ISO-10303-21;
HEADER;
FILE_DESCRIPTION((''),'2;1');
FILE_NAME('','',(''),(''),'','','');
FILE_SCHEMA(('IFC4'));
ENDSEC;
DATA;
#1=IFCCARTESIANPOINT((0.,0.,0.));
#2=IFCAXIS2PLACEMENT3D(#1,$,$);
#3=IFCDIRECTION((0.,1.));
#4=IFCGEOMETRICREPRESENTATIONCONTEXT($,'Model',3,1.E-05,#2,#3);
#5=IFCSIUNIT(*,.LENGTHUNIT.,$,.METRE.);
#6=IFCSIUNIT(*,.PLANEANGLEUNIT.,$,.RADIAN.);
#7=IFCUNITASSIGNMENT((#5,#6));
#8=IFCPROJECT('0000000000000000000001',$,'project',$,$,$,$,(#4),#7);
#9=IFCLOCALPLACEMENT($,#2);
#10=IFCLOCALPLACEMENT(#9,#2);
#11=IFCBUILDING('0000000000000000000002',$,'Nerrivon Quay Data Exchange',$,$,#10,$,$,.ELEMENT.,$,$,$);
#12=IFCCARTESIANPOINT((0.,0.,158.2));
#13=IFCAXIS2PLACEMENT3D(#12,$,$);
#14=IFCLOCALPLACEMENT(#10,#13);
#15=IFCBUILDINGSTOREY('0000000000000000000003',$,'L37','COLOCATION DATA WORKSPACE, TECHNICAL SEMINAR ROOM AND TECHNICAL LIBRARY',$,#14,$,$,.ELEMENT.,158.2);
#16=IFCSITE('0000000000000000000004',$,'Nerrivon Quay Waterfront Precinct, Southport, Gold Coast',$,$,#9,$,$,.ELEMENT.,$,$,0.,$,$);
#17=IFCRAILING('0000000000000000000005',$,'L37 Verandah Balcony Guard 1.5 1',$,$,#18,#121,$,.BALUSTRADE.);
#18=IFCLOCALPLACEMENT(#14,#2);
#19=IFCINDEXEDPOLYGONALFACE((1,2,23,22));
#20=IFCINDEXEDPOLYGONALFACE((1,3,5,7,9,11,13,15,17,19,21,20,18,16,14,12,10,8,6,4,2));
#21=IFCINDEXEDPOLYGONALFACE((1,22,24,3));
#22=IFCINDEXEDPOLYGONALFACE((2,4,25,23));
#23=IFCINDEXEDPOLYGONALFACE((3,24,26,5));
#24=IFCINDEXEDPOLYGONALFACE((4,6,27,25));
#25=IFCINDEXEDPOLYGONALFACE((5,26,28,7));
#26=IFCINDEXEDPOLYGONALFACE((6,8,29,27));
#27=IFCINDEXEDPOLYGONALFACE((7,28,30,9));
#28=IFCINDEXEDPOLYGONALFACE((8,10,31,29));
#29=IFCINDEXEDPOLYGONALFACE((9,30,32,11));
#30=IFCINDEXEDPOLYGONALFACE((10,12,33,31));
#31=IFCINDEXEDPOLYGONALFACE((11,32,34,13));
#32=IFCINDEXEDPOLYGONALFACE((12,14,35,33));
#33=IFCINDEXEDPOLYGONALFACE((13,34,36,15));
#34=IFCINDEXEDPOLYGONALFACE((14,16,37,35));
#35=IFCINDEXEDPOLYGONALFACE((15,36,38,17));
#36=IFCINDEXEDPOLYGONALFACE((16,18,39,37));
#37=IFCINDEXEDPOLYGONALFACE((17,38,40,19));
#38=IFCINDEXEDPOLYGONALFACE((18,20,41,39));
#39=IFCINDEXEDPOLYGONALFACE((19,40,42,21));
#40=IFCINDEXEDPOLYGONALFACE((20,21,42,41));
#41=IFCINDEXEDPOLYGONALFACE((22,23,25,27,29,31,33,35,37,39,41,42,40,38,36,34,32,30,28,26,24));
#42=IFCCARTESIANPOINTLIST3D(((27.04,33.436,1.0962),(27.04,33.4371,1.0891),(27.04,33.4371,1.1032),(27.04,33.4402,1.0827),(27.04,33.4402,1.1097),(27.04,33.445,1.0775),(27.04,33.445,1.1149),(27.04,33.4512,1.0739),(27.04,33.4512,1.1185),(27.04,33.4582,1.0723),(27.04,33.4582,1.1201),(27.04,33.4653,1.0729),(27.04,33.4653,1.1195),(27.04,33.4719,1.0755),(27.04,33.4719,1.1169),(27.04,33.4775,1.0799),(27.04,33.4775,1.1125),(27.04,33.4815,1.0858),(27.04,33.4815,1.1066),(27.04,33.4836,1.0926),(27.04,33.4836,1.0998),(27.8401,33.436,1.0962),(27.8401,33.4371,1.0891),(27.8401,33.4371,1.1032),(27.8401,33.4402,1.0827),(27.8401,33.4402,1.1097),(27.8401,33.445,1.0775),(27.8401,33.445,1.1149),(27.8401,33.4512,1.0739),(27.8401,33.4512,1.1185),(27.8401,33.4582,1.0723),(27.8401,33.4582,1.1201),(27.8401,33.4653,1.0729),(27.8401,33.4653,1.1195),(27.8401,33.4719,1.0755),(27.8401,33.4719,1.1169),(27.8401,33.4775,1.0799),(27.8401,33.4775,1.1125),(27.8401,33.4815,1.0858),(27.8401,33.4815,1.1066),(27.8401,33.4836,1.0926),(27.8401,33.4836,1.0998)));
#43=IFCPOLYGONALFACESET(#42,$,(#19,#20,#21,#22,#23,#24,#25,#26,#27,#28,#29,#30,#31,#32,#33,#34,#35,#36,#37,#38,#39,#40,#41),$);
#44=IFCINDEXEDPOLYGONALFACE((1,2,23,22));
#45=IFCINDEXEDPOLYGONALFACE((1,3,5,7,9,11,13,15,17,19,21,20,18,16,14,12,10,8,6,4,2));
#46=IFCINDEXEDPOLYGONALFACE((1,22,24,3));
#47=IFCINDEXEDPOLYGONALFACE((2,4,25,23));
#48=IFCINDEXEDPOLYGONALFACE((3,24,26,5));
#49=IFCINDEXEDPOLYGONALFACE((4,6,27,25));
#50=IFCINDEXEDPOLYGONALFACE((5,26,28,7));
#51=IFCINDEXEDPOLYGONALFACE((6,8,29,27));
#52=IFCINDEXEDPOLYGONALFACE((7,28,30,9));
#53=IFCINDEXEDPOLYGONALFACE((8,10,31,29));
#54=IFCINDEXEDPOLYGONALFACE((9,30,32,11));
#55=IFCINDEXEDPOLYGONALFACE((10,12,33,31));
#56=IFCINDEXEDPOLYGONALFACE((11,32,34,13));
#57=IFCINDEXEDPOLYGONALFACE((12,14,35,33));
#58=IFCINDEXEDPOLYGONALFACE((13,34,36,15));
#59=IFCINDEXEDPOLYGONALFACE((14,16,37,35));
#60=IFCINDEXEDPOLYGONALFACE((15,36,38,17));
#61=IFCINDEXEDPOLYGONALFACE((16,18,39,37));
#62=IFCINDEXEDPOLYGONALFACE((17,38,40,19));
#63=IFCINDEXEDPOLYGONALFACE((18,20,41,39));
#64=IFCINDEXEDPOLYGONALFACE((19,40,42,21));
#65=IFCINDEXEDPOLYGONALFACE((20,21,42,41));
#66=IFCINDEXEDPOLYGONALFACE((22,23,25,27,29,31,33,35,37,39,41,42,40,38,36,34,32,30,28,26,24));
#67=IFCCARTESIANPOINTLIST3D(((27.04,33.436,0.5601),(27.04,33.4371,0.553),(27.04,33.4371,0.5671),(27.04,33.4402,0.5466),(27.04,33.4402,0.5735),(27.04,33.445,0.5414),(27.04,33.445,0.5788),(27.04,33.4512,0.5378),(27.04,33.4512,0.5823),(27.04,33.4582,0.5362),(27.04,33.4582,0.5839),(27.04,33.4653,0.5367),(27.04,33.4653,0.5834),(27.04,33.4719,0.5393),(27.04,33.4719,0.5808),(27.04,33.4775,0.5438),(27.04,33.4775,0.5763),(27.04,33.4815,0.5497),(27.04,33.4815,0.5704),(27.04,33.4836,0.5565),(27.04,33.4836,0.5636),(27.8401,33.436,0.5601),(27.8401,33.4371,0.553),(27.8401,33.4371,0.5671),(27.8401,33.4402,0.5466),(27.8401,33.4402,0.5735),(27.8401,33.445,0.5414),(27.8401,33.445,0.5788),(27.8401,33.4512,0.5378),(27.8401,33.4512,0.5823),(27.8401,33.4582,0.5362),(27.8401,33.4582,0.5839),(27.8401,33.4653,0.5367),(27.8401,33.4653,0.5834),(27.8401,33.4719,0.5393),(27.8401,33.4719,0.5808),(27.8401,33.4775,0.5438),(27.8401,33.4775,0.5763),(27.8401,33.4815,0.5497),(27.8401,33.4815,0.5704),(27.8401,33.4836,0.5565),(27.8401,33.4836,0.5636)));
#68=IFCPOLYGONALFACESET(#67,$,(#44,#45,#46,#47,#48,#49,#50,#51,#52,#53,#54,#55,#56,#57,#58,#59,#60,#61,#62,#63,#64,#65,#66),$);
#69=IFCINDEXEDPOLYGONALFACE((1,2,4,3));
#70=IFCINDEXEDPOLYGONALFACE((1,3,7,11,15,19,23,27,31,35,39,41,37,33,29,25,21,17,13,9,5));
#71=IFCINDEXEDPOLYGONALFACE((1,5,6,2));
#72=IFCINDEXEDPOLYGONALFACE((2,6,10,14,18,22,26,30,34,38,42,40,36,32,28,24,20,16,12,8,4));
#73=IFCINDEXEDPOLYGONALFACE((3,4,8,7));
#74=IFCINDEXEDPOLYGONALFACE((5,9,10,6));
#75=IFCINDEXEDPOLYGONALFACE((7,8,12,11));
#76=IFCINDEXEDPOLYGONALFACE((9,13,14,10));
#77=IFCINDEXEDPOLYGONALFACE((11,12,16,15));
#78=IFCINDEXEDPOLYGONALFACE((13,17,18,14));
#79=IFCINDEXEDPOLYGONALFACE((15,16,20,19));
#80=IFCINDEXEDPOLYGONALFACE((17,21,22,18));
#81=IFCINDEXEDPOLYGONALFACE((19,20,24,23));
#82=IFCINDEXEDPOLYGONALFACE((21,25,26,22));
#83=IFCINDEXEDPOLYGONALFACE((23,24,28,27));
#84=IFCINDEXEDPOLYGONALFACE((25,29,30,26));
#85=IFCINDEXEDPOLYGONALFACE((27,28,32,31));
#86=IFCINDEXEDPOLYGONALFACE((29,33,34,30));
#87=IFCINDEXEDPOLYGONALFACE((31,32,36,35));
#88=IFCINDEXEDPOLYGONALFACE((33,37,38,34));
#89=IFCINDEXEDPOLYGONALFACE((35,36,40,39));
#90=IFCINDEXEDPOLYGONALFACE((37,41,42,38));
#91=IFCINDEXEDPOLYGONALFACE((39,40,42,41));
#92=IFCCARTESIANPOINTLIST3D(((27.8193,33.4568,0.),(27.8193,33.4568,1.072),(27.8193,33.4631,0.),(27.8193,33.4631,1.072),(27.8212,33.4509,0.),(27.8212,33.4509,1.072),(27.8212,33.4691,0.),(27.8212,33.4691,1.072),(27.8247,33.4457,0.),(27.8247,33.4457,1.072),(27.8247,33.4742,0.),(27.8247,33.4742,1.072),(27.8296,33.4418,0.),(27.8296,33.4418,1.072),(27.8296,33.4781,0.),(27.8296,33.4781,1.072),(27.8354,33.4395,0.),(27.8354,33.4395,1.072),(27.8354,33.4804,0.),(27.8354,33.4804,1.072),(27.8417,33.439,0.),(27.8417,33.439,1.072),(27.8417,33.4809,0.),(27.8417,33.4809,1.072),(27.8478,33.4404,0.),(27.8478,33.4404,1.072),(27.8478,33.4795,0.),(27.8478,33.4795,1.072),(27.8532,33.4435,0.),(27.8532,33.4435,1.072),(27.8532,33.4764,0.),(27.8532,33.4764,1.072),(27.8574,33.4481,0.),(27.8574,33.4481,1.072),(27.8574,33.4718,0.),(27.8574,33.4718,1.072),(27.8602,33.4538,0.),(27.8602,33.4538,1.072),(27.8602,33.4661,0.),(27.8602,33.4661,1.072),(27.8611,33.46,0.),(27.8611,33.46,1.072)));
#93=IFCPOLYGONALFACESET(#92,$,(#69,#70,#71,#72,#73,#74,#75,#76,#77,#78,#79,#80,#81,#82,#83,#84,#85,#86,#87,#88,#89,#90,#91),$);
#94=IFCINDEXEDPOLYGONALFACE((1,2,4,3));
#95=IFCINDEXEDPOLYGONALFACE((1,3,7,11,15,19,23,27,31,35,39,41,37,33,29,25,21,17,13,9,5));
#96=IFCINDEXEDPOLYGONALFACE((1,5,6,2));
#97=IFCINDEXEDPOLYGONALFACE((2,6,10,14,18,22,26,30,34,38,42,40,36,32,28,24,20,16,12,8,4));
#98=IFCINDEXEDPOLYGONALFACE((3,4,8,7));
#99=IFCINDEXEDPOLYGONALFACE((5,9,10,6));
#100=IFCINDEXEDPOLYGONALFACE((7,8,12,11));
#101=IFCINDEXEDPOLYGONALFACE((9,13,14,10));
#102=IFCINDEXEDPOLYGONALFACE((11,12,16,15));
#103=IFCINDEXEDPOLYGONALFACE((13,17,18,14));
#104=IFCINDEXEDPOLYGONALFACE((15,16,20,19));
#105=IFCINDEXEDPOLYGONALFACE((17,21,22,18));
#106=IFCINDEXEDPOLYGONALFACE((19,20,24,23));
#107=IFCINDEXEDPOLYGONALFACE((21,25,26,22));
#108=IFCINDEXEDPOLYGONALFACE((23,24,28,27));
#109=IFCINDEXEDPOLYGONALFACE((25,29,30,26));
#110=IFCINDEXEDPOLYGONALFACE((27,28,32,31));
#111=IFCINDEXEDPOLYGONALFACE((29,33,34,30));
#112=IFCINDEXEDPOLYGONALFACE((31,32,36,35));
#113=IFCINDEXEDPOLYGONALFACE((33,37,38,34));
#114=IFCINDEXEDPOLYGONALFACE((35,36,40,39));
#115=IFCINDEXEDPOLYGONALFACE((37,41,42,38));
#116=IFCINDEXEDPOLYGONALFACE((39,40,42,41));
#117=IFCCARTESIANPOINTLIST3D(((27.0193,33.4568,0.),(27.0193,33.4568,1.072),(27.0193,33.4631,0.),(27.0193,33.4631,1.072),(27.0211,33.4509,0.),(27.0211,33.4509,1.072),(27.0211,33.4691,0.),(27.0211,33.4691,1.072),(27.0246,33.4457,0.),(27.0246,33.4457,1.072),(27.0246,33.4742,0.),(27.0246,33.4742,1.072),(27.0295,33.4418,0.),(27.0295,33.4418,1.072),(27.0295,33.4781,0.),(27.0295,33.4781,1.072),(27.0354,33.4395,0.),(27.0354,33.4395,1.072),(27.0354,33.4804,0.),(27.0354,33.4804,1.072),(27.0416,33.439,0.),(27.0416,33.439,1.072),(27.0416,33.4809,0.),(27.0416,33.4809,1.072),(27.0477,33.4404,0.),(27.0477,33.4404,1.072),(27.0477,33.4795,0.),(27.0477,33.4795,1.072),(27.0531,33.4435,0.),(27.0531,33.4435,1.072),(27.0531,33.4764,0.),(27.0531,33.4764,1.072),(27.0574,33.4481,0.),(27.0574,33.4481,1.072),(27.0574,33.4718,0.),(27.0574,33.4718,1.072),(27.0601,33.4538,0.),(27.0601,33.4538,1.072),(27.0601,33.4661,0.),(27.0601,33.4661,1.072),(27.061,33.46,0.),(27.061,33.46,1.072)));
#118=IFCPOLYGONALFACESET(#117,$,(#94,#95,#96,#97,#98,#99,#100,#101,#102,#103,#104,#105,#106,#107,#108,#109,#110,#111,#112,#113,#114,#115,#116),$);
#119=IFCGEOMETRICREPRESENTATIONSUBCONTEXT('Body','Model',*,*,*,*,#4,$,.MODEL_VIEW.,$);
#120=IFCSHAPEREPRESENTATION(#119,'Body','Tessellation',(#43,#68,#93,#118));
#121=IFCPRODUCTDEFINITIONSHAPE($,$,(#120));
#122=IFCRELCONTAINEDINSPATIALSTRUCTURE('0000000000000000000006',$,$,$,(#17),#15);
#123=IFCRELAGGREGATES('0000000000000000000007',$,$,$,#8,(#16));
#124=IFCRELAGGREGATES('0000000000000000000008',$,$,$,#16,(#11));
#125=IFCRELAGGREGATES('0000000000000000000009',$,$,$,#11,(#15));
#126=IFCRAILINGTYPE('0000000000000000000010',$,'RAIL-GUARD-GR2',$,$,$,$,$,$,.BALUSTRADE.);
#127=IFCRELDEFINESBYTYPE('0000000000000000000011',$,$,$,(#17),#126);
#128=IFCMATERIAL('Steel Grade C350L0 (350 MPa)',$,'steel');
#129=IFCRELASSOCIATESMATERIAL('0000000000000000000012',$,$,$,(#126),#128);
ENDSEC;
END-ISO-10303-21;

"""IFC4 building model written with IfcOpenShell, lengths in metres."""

from ifc_helpers import new_model, si_unit, direction, frame, origin, origin_2d, place, context, subcontext, project, spatial, circle, extrude, material, type_object, element, save


model = new_model("IFC4")

# Units and contexts
model_context = context("Model", 3, precision=1e-05, world=origin(), true_north=direction((0.0, 1.0)))
body_context = subcontext(model_context, "Body", "Model", "MODEL_VIEW")
ifc_project = project(units=[si_unit("LENGTHUNIT", "METRE"), si_unit("PLANEANGLEUNIT", "RADIAN")], contexts=[model_context])

# Site, building, storey
site_placement = place(None, origin())
site = spatial("IfcSite", under=ifc_project, at=site_placement, Name="Nerrivon Quay Waterfront Precinct, Southport, Gold Coast", CompositionType="ELEMENT", RefElevation=0.0)
building_placement = place(site_placement, origin())
building = spatial("IfcBuilding", under=site, at=building_placement, Name="Nerrivon Quay Data Exchange", CompositionType="ELEMENT")
storey_placement = place(building_placement, frame((0.0, 0.0, 158.2)))
storey = spatial("IfcBuildingStorey", under=building, at=storey_placement, Name="L37", Description="COLOCATION DATA WORKSPACE, TECHNICAL SEMINAR ROOM AND TECHNICAL LIBRARY", CompositionType="ELEMENT", Elevation=158.2)

# Railing
ifc_material_1 = material(Name="Steel Grade C350L0 (350 MPa)", Category="steel")
railing_type = type_object("IfcRailingType", Name="RAIL-GUARD-GR2", PredefinedType="BALUSTRADE", material=ifc_material_1)
railing_1_placement = place(storey_placement, frame((27.8401, 33.46, 0.0)))
element("IfcRailing", 1, at=railing_1_placement, inside=storey, type_object=railing_type, Name="L37 Verandah Balcony Guard 1.5 1", PredefinedType="BALUSTRADE", context=body_context, shape_type="SweptSolid", body=[
    extrude(circle(Radius=0.0239, at=origin_2d()), frame((0.0, 0.0, 1.0962), z_axis=(-1.0, 0.0, 0.0), x_axis=(0.0, -1.0, 0.0)), (0.0, 0.0, 1.0), 0.8),
    extrude(circle(Radius=0.0239, at=origin_2d()), frame((0.0, 0.0, 0.5601), z_axis=(-1.0, 0.0, 0.0), x_axis=(0.0, -1.0, 0.0)), (0.0, 0.0, 1.0), 0.8),
    extrude(circle(Radius=0.021, at=origin_2d()), origin(), (0.0, 0.0, 1.0), 1.072),
    extrude(circle(Radius=0.021, at=origin_2d()), frame((-0.8, 0.0, 0.0)), (0.0, 0.0, 1.0), 1.072),
])

save(model, "model.ifc")
